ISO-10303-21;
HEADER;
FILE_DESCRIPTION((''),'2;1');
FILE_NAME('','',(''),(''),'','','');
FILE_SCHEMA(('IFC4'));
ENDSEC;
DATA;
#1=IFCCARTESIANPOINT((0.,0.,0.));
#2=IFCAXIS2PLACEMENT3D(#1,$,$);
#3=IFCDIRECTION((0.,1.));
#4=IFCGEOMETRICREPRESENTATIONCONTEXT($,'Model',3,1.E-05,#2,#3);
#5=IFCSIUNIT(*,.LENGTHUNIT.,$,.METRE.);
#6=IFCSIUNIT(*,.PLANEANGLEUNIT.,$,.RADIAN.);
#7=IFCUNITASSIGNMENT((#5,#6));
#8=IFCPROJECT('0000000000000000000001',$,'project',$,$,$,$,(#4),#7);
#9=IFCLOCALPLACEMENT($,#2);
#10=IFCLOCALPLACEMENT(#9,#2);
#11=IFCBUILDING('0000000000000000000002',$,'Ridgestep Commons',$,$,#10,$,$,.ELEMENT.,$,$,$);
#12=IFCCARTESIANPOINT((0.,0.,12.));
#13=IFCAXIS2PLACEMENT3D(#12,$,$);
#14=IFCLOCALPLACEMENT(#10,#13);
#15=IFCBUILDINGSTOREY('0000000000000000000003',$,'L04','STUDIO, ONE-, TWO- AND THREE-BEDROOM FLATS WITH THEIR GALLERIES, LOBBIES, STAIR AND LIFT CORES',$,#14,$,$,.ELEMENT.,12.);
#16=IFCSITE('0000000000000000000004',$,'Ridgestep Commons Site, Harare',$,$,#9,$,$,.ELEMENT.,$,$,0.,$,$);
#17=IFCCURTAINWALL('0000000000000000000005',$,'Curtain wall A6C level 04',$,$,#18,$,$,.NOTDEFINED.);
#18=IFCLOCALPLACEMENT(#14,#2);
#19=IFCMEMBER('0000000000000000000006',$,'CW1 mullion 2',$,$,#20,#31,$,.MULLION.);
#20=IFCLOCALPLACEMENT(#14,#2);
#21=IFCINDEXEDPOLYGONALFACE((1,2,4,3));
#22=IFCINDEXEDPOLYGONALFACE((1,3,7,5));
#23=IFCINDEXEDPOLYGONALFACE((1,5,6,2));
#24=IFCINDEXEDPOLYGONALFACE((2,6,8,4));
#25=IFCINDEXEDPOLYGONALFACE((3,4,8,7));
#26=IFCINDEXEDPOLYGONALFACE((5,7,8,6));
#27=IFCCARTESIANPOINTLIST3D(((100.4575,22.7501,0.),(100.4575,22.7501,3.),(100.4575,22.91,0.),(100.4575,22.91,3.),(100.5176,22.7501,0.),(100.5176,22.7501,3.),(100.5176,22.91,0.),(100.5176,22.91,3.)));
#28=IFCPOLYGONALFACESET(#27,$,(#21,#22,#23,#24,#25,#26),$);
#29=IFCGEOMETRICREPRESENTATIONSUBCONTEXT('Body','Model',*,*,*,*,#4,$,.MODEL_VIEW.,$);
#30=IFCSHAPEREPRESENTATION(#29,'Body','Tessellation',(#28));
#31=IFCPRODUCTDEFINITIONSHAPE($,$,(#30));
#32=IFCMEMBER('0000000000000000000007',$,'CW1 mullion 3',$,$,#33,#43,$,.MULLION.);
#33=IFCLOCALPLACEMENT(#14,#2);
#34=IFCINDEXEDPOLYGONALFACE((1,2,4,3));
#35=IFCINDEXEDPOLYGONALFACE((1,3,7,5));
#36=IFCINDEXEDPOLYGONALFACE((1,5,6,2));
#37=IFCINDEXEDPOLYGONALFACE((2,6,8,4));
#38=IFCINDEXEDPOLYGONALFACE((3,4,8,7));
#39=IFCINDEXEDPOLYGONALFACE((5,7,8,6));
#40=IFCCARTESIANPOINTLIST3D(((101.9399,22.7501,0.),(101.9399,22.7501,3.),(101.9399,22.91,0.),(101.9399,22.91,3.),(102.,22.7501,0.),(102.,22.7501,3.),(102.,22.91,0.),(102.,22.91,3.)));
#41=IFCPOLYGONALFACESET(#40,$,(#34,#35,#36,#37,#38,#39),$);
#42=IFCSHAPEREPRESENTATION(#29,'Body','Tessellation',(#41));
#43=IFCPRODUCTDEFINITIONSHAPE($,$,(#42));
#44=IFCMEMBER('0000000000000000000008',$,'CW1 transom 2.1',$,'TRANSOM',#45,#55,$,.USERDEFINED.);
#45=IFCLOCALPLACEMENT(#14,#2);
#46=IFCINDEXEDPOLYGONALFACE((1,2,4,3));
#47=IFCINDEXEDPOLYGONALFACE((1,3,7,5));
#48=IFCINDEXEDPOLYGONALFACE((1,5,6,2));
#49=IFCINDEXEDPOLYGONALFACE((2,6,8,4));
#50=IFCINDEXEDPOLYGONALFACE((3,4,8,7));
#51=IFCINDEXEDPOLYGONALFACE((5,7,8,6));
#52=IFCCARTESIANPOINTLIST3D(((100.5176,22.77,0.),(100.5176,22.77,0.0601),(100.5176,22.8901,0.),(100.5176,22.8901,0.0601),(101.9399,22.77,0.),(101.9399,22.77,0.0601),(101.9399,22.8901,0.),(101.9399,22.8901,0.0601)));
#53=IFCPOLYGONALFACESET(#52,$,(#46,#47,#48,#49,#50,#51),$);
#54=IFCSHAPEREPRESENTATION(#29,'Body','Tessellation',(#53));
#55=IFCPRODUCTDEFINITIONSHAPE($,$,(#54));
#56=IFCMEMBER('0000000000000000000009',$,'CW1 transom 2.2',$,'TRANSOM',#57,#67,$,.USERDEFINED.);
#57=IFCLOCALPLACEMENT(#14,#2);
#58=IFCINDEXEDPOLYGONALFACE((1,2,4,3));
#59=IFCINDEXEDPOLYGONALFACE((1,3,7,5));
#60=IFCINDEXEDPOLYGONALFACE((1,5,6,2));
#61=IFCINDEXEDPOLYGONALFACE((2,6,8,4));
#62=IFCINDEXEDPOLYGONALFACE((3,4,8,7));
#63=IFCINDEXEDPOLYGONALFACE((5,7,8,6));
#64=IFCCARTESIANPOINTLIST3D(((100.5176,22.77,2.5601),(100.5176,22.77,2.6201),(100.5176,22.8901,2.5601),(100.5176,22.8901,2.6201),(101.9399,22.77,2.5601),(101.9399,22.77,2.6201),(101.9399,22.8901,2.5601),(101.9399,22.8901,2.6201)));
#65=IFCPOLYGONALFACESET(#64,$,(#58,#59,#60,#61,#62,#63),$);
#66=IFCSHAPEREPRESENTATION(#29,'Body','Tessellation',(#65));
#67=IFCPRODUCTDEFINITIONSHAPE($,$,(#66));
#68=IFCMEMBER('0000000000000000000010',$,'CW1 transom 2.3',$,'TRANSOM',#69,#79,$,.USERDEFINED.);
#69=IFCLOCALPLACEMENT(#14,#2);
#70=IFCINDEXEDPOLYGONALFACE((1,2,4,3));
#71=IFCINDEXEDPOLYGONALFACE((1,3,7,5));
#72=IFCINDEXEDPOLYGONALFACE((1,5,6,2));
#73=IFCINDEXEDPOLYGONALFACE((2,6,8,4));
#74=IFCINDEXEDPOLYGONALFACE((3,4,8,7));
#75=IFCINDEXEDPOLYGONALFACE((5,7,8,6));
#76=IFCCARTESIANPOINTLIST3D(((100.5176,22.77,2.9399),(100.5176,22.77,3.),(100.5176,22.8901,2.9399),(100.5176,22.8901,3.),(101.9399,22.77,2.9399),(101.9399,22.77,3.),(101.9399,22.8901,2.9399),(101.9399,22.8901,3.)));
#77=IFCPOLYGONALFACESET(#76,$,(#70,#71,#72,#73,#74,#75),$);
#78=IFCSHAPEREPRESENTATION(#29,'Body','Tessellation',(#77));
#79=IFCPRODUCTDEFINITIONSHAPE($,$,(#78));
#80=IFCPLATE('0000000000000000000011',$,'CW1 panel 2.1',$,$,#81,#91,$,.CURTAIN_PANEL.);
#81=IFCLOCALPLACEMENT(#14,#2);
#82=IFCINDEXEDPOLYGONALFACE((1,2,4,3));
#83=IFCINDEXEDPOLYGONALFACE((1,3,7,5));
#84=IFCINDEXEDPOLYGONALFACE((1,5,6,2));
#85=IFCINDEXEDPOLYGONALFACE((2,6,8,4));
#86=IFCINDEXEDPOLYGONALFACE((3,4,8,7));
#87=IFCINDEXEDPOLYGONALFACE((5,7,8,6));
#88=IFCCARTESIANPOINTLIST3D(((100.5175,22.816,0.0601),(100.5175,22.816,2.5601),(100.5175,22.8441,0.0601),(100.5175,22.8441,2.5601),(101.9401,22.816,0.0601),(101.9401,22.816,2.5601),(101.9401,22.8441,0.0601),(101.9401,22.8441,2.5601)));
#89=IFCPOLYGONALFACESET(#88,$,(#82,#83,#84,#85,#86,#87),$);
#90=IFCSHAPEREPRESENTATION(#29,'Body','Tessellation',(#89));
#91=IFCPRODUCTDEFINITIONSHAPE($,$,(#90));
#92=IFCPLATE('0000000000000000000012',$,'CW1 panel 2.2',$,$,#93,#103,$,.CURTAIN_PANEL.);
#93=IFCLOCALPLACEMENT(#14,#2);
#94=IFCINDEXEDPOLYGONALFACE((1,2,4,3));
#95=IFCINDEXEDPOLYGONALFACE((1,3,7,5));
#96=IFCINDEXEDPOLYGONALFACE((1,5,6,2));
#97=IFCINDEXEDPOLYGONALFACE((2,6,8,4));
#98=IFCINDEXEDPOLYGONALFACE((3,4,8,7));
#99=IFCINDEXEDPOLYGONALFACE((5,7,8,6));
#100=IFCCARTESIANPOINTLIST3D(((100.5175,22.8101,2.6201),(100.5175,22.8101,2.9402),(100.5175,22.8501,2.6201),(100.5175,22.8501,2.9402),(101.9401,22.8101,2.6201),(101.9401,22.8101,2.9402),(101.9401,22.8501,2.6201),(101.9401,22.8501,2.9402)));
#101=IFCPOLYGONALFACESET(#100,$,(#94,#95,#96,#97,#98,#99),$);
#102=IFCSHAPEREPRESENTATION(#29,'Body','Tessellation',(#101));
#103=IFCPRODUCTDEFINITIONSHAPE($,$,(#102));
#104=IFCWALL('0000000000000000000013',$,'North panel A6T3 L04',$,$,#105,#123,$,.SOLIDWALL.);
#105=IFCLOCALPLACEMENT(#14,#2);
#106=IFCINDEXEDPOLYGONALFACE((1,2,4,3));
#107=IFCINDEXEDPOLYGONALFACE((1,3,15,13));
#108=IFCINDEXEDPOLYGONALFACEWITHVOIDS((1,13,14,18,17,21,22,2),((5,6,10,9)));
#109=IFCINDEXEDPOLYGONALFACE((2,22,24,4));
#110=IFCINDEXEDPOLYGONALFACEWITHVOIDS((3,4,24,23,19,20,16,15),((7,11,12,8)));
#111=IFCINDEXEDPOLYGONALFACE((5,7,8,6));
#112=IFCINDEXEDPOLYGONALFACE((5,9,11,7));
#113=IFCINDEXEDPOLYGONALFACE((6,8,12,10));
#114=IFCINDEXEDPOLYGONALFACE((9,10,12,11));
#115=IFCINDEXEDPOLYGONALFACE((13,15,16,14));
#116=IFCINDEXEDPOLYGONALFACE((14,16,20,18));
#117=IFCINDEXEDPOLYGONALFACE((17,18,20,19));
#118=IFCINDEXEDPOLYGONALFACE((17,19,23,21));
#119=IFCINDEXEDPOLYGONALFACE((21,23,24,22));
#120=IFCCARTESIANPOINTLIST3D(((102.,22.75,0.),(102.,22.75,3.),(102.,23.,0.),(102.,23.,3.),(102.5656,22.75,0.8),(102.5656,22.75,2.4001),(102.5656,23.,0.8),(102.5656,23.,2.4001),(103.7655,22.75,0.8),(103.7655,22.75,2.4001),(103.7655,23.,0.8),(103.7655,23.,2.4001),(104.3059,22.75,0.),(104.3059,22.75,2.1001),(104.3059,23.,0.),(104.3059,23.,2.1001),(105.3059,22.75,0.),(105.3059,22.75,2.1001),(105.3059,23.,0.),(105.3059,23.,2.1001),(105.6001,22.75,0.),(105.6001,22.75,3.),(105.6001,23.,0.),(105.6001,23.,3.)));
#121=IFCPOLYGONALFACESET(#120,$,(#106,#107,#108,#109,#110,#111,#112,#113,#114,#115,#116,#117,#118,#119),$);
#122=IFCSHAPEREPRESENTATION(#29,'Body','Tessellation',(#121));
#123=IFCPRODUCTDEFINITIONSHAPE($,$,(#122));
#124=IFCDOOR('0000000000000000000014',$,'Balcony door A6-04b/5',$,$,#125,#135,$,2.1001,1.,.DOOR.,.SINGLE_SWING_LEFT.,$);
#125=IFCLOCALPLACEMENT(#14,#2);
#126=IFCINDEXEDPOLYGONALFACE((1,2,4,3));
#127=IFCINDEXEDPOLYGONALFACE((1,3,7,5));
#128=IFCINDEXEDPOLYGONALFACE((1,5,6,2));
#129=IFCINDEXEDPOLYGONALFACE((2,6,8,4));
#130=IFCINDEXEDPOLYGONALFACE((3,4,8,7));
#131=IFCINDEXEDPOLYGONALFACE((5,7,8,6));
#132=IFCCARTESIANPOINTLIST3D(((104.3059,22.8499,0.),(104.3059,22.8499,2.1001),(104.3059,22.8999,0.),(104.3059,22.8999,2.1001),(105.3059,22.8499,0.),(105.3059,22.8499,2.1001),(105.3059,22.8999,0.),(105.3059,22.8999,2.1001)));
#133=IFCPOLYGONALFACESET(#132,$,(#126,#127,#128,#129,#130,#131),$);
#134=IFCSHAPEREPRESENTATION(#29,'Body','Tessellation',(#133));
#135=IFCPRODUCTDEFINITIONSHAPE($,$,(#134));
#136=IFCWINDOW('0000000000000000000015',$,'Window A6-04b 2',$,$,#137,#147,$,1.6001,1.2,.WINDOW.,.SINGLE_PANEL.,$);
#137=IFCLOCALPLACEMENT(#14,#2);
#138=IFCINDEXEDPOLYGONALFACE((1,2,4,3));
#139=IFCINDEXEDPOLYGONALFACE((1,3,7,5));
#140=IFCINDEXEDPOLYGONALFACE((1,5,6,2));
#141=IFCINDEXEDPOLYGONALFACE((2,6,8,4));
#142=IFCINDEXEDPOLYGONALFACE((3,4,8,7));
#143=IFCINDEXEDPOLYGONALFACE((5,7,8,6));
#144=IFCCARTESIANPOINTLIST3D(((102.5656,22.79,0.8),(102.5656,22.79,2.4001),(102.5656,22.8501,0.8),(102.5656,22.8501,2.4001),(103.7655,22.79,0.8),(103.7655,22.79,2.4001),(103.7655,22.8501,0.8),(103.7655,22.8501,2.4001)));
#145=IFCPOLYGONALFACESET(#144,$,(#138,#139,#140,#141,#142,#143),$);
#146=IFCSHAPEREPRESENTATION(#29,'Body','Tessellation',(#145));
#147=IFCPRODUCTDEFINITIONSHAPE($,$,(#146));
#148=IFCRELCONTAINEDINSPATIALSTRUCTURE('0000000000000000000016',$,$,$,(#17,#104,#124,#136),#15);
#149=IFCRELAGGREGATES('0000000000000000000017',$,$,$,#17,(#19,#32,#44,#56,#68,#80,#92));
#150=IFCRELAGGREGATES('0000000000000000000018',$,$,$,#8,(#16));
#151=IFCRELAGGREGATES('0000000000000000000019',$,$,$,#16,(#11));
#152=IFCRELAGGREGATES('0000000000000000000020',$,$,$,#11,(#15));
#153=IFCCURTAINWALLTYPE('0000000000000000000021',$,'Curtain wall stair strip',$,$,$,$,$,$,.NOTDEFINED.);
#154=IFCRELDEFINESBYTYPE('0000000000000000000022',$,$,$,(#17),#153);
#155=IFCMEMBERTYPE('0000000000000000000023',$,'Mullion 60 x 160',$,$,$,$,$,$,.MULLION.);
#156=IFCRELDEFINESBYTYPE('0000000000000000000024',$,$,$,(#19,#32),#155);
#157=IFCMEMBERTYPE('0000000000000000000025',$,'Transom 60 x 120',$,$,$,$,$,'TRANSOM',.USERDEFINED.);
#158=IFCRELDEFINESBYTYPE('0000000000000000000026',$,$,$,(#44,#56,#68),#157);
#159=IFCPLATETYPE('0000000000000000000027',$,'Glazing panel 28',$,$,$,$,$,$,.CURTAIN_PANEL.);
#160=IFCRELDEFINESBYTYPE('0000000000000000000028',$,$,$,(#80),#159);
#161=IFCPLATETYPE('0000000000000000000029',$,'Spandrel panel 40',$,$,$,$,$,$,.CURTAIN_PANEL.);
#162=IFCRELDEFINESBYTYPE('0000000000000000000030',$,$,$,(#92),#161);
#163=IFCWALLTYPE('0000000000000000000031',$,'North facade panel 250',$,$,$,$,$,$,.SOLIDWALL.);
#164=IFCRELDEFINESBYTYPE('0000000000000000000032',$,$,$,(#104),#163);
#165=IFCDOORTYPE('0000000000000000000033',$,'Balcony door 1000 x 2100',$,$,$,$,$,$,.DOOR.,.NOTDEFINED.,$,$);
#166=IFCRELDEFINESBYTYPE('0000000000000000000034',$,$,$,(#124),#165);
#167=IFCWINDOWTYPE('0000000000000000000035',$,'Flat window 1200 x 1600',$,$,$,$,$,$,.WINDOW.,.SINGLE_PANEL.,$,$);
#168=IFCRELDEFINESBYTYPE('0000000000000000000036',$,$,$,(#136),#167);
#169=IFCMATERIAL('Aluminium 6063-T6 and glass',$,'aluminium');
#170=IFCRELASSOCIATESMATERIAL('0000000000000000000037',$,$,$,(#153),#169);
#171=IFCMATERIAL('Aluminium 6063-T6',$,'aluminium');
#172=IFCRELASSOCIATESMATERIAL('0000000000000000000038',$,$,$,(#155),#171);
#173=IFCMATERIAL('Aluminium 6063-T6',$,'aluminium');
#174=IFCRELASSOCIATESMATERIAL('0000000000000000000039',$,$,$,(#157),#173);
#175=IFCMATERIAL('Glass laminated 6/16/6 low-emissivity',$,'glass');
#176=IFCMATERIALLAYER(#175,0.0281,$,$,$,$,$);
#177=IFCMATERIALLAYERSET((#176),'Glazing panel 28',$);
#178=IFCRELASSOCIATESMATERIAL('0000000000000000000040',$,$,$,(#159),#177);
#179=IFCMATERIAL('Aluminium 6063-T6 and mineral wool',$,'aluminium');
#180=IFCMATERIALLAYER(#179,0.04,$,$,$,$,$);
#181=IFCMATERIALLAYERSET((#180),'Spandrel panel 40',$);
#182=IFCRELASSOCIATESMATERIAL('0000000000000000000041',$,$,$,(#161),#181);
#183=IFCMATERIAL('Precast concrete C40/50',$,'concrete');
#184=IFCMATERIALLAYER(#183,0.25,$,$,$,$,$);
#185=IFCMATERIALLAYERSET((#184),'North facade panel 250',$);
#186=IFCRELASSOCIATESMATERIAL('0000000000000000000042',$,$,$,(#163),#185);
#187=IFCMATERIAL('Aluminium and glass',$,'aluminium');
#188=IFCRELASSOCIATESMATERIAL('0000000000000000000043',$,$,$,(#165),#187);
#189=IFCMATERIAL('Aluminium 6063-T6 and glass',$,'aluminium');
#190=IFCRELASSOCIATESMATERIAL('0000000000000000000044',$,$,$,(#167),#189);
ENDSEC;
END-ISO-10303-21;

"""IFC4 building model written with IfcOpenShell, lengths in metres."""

from ifc_helpers import new_model, si_unit, direction, frame, frame_2d, origin, origin_2d, place, context, subcontext, project, spatial, rectangle, extrude, material, layer, layer_set, material_profile, profile_set, type_object, element, fill, aggregate, save


model = new_model("IFC4")

# Units and contexts
model_context = context("Model", 3, precision=1e-05, world=origin(), true_north=direction((0.0, 1.0)))
body_context = subcontext(model_context, "Body", "Model", "MODEL_VIEW")
ifc_project = project(units=[si_unit("LENGTHUNIT", "METRE"), si_unit("PLANEANGLEUNIT", "RADIAN")], contexts=[model_context])

# Site, building, storey
site_placement = place(None, origin())
site = spatial("IfcSite", under=ifc_project, at=site_placement, Name="Ridgestep Commons Site, Harare", CompositionType="ELEMENT", RefElevation=0.0)
building_placement = place(site_placement, origin())
building = spatial("IfcBuilding", under=site, at=building_placement, Name="Ridgestep Commons", CompositionType="ELEMENT")
storey_placement = place(building_placement, frame((0.0, 0.0, 12.0)))
storey = spatial("IfcBuildingStorey", under=building, at=storey_placement, Name="L04", Description="STUDIO, ONE-, TWO- AND THREE-BEDROOM FLATS WITH THEIR GALLERIES, LOBBIES, STAIR AND LIFT CORES", CompositionType="ELEMENT", Elevation=12.0)

# Curtain wall, members, plates
ifc_material_1 = material(Name="Aluminium 6063-T6 and glass", Category="aluminium")
curtain_wall_type = type_object("IfcCurtainWallType", Name="Curtain wall stair strip", PredefinedType="NOTDEFINED", material=ifc_material_1)
curtain_wall_placement = place(storey_placement, origin())
curtain_wall = element("IfcCurtainWall", 1, at=curtain_wall_placement, inside=storey, type_object=curtain_wall_type, Name="Curtain wall A6C level 04", PredefinedType="NOTDEFINED")
ifc_material_2 = material(Name="Aluminium 6063-T6", Category="aluminium")
ifc_material_profile_1 = material_profile(ifc_material_2, rectangle(XDim=0.1599, YDim=0.0601, at=origin_2d()), Name="Mullion 60 x 160")
ifc_profile_set_1 = profile_set([ifc_material_profile_1], Name="Aluminium 6063-T6")
member_type_1 = type_object("IfcMemberType", Name="Mullion 60 x 160", PredefinedType="MULLION", material=ifc_profile_set_1)
member_1_placement = place(storey_placement, frame((100.4875, 22.8301, 0.0), z_axis=(0.0, 0.0, 1.0), x_axis=(0.0, 1.0, 0.0)))
member_1 = element("IfcMember", 2, at=member_1_placement, type_object=member_type_1, Name="CW1 mullion 2", PredefinedType="MULLION", context=body_context, shape_type="SweptSolid", body=[
    extrude(rectangle(XDim=0.1599, YDim=0.0601, at=origin_2d()), origin(), (0.0, 0.0, 1.0), 3.0),
])
member_2_placement = place(storey_placement, frame((101.97, 22.8301, 0.0), z_axis=(0.0, 0.0, 1.0), x_axis=(0.0, 1.0, 0.0)))
member_2 = element("IfcMember", 3, at=member_2_placement, type_object=member_type_1, Name="CW1 mullion 3", PredefinedType="MULLION", context=body_context, shape_type="SweptSolid", body=[
    extrude(rectangle(XDim=0.1599, YDim=0.0601, at=origin_2d()), origin(), (0.0, 0.0, 1.0), 3.0),
])
ifc_material_3 = material(Name="Aluminium 6063-T6", Category="aluminium")
ifc_material_profile_2 = material_profile(ifc_material_3, rectangle(XDim=0.1201, YDim=0.0601, at=origin_2d()), Name="Transom 60 x 120")
ifc_profile_set_2 = profile_set([ifc_material_profile_2], Name="Aluminium 6063-T6")
member_type_2 = type_object("IfcMemberType", Name="Transom 60 x 120", ElementType="TRANSOM", PredefinedType="USERDEFINED", material=ifc_profile_set_2)
member_3_placement = place(storey_placement, frame((100.5176, 22.8301, 0.03), z_axis=(1.0, 0.0, 0.0), x_axis=(0.0, 1.0, 0.0)))
member_3 = element("IfcMember", 4, at=member_3_placement, type_object=member_type_2, Name="CW1 transom 2.1", ObjectType="TRANSOM", PredefinedType="USERDEFINED", context=body_context, shape_type="SweptSolid", body=[
    extrude(rectangle(XDim=0.1201, YDim=0.0601, at=origin_2d()), origin(), (0.0, 0.0, 1.0), 1.4224),
])
member_4_placement = place(storey_placement, frame((100.5176, 22.8301, 2.5901), z_axis=(1.0, 0.0, 0.0), x_axis=(0.0, 1.0, 0.0)))
member_4 = element("IfcMember", 5, at=member_4_placement, type_object=member_type_2, Name="CW1 transom 2.2", ObjectType="TRANSOM", PredefinedType="USERDEFINED", context=body_context, shape_type="SweptSolid", body=[
    extrude(rectangle(XDim=0.1201, YDim=0.0601, at=origin_2d()), origin(), (0.0, 0.0, 1.0), 1.4224),
])
member_5_placement = place(storey_placement, frame((100.5176, 22.8301, 2.97), z_axis=(1.0, 0.0, 0.0), x_axis=(0.0, 1.0, 0.0)))
member_5 = element("IfcMember", 6, at=member_5_placement, type_object=member_type_2, Name="CW1 transom 2.3", ObjectType="TRANSOM", PredefinedType="USERDEFINED", context=body_context, shape_type="SweptSolid", body=[
    extrude(rectangle(XDim=0.1201, YDim=0.0601, at=origin_2d()), origin(), (0.0, 0.0, 1.0), 1.4224),
])
ifc_material_4 = material(Name="Glass laminated 6/16/6 low-emissivity", Category="glass")
ifc_layer_1 = layer(ifc_material_4, 0.0281)
ifc_layer_set_1 = layer_set([ifc_layer_1], Name="Glazing panel 28")
plate_type_1 = type_object("IfcPlateType", Name="Glazing panel 28", PredefinedType="CURTAIN_PANEL", material=ifc_layer_set_1)
plate_1_placement = place(storey_placement, frame((101.2288, 22.8301, 0.0601), z_axis=(0.0, 0.0, 1.0), x_axis=(1.0, 0.0, 0.0)))
plate_1 = element("IfcPlate", 7, at=plate_1_placement, type_object=plate_type_1, Name="CW1 panel 2.1", PredefinedType="CURTAIN_PANEL", context=body_context, shape_type="SweptSolid", body=[
    extrude(rectangle(XDim=1.4226, YDim=0.0281, at=origin_2d()), origin(), (0.0, 0.0, 1.0), 2.5),
])
ifc_material_5 = material(Name="Aluminium 6063-T6 and mineral wool", Category="aluminium")
ifc_layer_2 = layer(ifc_material_5, 0.04)
ifc_layer_set_2 = layer_set([ifc_layer_2], Name="Spandrel panel 40")
plate_type_2 = type_object("IfcPlateType", Name="Spandrel panel 40", PredefinedType="CURTAIN_PANEL", material=ifc_layer_set_2)
plate_2_placement = place(storey_placement, frame((101.2288, 22.8301, 2.6201), z_axis=(0.0, 0.0, 1.0), x_axis=(1.0, 0.0, 0.0)))
plate_2 = element("IfcPlate", 8, at=plate_2_placement, type_object=plate_type_2, Name="CW1 panel 2.2", PredefinedType="CURTAIN_PANEL", context=body_context, shape_type="SweptSolid", body=[
    extrude(rectangle(XDim=1.4226, YDim=0.04, at=origin_2d()), origin(), (0.0, 0.0, 1.0), 0.3201),
])
aggregate(curtain_wall, [member_1, member_2, member_3, member_4, member_5, plate_1, plate_2])

# Wall, openings, door, window
ifc_material_6 = material(Name="Precast concrete C40/50", Category="concrete")
ifc_layer_3 = layer(ifc_material_6, 0.25)
ifc_layer_set_3 = layer_set([ifc_layer_3], Name="North facade panel 250")
wall_type = type_object("IfcWallType", Name="North facade panel 250", PredefinedType="SOLIDWALL", material=ifc_layer_set_3)
wall_1_placement = place(storey_placement, frame((102.0, 22.875, 0.0), z_axis=(0.0, 0.0, 1.0), x_axis=(1.0, 0.0, 0.0)))
wall_1 = element("IfcWall", 9, at=wall_1_placement, inside=storey, type_object=wall_type, Name="North panel A6T3 L04", PredefinedType="SOLIDWALL", context=body_context, shape_type="SweptSolid", body=[
    extrude(rectangle(XDim=3.6001, YDim=0.25, at=frame_2d((1.8, 0.0))), origin(), (0.0, 0.0, 1.0), 3.0),
])
opening_1_placement = place(wall_1_placement, frame((0.5654, 0.0, 0.8)))
opening_1 = element("IfcOpeningElement", 10, at=opening_1_placement, cuts=wall_1, PredefinedType="OPENING", context=body_context, shape_type="SweptSolid", body=[
    extrude(rectangle(XDim=1.2, YDim=1.6001, at=frame_2d((0.6001, 0.8))), frame((0.0, 0.135, 0.0), z_axis=(0.0, -1.0, 0.0), x_axis=(1.0, 0.0, 0.0)), (0.0, 0.0, 1.0), 0.27),
])
opening_2_placement = place(wall_1_placement, frame((2.3059, 0.0, 0.0)))
opening_2 = element("IfcOpeningElement", 11, at=opening_2_placement, cuts=wall_1, PredefinedType="OPENING", context=body_context, shape_type="SweptSolid", body=[
    extrude(rectangle(XDim=1.0, YDim=2.1001, at=frame_2d((0.5, 1.05))), frame((0.0, 0.135, 0.0), z_axis=(0.0, -1.0, 0.0), x_axis=(1.0, 0.0, 0.0)), (0.0, 0.0, 1.0), 0.27),
])
ifc_material_7 = material(Name="Aluminium and glass", Category="aluminium")
door_type = type_object("IfcDoorType", Name="Balcony door 1000 x 2100", OperationType="NOTDEFINED", PredefinedType="DOOR", material=ifc_material_7)
door_placement = place(opening_2_placement, origin())
door = element("IfcDoor", 12, at=door_placement, inside=storey, type_object=door_type, Name="Balcony door A6-04b/5", OperationType="SINGLE_SWING_LEFT", OverallHeight=2.1001, OverallWidth=1.0, PredefinedType="DOOR", context=body_context, shape_type="SweptSolid", body=[
    extrude(rectangle(XDim=1.0, YDim=2.1001, at=frame_2d((0.5, 1.05))), frame((0.0, 0.0249, 0.0), z_axis=(0.0, -1.0, 0.0), x_axis=(1.0, 0.0, 0.0)), (0.0, 0.0, 1.0), 0.05),
])
fill(opening_2, door)
ifc_material_8 = material(Name="Aluminium 6063-T6 and glass", Category="aluminium")
window_type = type_object("IfcWindowType", Name="Flat window 1200 x 1600", PartitioningType="SINGLE_PANEL", PredefinedType="WINDOW", material=ifc_material_8)
window_1_placement = place(opening_1_placement, origin())
window_1 = element("IfcWindow", 13, at=window_1_placement, inside=storey, type_object=window_type, Name="Window A6-04b 2", OverallHeight=1.6001, OverallWidth=1.2, PartitioningType="SINGLE_PANEL", PredefinedType="WINDOW", context=body_context, shape_type="SweptSolid", body=[
    extrude(rectangle(XDim=1.2, YDim=1.6001, at=frame_2d((0.6001, 0.8))), frame((0.0, -0.0249, 0.0), z_axis=(0.0, -1.0, 0.0), x_axis=(1.0, 0.0, 0.0)), (0.0, 0.0, 1.0), 0.0601),
])
fill(opening_1, window_1)

save(model, "model.ifc")
